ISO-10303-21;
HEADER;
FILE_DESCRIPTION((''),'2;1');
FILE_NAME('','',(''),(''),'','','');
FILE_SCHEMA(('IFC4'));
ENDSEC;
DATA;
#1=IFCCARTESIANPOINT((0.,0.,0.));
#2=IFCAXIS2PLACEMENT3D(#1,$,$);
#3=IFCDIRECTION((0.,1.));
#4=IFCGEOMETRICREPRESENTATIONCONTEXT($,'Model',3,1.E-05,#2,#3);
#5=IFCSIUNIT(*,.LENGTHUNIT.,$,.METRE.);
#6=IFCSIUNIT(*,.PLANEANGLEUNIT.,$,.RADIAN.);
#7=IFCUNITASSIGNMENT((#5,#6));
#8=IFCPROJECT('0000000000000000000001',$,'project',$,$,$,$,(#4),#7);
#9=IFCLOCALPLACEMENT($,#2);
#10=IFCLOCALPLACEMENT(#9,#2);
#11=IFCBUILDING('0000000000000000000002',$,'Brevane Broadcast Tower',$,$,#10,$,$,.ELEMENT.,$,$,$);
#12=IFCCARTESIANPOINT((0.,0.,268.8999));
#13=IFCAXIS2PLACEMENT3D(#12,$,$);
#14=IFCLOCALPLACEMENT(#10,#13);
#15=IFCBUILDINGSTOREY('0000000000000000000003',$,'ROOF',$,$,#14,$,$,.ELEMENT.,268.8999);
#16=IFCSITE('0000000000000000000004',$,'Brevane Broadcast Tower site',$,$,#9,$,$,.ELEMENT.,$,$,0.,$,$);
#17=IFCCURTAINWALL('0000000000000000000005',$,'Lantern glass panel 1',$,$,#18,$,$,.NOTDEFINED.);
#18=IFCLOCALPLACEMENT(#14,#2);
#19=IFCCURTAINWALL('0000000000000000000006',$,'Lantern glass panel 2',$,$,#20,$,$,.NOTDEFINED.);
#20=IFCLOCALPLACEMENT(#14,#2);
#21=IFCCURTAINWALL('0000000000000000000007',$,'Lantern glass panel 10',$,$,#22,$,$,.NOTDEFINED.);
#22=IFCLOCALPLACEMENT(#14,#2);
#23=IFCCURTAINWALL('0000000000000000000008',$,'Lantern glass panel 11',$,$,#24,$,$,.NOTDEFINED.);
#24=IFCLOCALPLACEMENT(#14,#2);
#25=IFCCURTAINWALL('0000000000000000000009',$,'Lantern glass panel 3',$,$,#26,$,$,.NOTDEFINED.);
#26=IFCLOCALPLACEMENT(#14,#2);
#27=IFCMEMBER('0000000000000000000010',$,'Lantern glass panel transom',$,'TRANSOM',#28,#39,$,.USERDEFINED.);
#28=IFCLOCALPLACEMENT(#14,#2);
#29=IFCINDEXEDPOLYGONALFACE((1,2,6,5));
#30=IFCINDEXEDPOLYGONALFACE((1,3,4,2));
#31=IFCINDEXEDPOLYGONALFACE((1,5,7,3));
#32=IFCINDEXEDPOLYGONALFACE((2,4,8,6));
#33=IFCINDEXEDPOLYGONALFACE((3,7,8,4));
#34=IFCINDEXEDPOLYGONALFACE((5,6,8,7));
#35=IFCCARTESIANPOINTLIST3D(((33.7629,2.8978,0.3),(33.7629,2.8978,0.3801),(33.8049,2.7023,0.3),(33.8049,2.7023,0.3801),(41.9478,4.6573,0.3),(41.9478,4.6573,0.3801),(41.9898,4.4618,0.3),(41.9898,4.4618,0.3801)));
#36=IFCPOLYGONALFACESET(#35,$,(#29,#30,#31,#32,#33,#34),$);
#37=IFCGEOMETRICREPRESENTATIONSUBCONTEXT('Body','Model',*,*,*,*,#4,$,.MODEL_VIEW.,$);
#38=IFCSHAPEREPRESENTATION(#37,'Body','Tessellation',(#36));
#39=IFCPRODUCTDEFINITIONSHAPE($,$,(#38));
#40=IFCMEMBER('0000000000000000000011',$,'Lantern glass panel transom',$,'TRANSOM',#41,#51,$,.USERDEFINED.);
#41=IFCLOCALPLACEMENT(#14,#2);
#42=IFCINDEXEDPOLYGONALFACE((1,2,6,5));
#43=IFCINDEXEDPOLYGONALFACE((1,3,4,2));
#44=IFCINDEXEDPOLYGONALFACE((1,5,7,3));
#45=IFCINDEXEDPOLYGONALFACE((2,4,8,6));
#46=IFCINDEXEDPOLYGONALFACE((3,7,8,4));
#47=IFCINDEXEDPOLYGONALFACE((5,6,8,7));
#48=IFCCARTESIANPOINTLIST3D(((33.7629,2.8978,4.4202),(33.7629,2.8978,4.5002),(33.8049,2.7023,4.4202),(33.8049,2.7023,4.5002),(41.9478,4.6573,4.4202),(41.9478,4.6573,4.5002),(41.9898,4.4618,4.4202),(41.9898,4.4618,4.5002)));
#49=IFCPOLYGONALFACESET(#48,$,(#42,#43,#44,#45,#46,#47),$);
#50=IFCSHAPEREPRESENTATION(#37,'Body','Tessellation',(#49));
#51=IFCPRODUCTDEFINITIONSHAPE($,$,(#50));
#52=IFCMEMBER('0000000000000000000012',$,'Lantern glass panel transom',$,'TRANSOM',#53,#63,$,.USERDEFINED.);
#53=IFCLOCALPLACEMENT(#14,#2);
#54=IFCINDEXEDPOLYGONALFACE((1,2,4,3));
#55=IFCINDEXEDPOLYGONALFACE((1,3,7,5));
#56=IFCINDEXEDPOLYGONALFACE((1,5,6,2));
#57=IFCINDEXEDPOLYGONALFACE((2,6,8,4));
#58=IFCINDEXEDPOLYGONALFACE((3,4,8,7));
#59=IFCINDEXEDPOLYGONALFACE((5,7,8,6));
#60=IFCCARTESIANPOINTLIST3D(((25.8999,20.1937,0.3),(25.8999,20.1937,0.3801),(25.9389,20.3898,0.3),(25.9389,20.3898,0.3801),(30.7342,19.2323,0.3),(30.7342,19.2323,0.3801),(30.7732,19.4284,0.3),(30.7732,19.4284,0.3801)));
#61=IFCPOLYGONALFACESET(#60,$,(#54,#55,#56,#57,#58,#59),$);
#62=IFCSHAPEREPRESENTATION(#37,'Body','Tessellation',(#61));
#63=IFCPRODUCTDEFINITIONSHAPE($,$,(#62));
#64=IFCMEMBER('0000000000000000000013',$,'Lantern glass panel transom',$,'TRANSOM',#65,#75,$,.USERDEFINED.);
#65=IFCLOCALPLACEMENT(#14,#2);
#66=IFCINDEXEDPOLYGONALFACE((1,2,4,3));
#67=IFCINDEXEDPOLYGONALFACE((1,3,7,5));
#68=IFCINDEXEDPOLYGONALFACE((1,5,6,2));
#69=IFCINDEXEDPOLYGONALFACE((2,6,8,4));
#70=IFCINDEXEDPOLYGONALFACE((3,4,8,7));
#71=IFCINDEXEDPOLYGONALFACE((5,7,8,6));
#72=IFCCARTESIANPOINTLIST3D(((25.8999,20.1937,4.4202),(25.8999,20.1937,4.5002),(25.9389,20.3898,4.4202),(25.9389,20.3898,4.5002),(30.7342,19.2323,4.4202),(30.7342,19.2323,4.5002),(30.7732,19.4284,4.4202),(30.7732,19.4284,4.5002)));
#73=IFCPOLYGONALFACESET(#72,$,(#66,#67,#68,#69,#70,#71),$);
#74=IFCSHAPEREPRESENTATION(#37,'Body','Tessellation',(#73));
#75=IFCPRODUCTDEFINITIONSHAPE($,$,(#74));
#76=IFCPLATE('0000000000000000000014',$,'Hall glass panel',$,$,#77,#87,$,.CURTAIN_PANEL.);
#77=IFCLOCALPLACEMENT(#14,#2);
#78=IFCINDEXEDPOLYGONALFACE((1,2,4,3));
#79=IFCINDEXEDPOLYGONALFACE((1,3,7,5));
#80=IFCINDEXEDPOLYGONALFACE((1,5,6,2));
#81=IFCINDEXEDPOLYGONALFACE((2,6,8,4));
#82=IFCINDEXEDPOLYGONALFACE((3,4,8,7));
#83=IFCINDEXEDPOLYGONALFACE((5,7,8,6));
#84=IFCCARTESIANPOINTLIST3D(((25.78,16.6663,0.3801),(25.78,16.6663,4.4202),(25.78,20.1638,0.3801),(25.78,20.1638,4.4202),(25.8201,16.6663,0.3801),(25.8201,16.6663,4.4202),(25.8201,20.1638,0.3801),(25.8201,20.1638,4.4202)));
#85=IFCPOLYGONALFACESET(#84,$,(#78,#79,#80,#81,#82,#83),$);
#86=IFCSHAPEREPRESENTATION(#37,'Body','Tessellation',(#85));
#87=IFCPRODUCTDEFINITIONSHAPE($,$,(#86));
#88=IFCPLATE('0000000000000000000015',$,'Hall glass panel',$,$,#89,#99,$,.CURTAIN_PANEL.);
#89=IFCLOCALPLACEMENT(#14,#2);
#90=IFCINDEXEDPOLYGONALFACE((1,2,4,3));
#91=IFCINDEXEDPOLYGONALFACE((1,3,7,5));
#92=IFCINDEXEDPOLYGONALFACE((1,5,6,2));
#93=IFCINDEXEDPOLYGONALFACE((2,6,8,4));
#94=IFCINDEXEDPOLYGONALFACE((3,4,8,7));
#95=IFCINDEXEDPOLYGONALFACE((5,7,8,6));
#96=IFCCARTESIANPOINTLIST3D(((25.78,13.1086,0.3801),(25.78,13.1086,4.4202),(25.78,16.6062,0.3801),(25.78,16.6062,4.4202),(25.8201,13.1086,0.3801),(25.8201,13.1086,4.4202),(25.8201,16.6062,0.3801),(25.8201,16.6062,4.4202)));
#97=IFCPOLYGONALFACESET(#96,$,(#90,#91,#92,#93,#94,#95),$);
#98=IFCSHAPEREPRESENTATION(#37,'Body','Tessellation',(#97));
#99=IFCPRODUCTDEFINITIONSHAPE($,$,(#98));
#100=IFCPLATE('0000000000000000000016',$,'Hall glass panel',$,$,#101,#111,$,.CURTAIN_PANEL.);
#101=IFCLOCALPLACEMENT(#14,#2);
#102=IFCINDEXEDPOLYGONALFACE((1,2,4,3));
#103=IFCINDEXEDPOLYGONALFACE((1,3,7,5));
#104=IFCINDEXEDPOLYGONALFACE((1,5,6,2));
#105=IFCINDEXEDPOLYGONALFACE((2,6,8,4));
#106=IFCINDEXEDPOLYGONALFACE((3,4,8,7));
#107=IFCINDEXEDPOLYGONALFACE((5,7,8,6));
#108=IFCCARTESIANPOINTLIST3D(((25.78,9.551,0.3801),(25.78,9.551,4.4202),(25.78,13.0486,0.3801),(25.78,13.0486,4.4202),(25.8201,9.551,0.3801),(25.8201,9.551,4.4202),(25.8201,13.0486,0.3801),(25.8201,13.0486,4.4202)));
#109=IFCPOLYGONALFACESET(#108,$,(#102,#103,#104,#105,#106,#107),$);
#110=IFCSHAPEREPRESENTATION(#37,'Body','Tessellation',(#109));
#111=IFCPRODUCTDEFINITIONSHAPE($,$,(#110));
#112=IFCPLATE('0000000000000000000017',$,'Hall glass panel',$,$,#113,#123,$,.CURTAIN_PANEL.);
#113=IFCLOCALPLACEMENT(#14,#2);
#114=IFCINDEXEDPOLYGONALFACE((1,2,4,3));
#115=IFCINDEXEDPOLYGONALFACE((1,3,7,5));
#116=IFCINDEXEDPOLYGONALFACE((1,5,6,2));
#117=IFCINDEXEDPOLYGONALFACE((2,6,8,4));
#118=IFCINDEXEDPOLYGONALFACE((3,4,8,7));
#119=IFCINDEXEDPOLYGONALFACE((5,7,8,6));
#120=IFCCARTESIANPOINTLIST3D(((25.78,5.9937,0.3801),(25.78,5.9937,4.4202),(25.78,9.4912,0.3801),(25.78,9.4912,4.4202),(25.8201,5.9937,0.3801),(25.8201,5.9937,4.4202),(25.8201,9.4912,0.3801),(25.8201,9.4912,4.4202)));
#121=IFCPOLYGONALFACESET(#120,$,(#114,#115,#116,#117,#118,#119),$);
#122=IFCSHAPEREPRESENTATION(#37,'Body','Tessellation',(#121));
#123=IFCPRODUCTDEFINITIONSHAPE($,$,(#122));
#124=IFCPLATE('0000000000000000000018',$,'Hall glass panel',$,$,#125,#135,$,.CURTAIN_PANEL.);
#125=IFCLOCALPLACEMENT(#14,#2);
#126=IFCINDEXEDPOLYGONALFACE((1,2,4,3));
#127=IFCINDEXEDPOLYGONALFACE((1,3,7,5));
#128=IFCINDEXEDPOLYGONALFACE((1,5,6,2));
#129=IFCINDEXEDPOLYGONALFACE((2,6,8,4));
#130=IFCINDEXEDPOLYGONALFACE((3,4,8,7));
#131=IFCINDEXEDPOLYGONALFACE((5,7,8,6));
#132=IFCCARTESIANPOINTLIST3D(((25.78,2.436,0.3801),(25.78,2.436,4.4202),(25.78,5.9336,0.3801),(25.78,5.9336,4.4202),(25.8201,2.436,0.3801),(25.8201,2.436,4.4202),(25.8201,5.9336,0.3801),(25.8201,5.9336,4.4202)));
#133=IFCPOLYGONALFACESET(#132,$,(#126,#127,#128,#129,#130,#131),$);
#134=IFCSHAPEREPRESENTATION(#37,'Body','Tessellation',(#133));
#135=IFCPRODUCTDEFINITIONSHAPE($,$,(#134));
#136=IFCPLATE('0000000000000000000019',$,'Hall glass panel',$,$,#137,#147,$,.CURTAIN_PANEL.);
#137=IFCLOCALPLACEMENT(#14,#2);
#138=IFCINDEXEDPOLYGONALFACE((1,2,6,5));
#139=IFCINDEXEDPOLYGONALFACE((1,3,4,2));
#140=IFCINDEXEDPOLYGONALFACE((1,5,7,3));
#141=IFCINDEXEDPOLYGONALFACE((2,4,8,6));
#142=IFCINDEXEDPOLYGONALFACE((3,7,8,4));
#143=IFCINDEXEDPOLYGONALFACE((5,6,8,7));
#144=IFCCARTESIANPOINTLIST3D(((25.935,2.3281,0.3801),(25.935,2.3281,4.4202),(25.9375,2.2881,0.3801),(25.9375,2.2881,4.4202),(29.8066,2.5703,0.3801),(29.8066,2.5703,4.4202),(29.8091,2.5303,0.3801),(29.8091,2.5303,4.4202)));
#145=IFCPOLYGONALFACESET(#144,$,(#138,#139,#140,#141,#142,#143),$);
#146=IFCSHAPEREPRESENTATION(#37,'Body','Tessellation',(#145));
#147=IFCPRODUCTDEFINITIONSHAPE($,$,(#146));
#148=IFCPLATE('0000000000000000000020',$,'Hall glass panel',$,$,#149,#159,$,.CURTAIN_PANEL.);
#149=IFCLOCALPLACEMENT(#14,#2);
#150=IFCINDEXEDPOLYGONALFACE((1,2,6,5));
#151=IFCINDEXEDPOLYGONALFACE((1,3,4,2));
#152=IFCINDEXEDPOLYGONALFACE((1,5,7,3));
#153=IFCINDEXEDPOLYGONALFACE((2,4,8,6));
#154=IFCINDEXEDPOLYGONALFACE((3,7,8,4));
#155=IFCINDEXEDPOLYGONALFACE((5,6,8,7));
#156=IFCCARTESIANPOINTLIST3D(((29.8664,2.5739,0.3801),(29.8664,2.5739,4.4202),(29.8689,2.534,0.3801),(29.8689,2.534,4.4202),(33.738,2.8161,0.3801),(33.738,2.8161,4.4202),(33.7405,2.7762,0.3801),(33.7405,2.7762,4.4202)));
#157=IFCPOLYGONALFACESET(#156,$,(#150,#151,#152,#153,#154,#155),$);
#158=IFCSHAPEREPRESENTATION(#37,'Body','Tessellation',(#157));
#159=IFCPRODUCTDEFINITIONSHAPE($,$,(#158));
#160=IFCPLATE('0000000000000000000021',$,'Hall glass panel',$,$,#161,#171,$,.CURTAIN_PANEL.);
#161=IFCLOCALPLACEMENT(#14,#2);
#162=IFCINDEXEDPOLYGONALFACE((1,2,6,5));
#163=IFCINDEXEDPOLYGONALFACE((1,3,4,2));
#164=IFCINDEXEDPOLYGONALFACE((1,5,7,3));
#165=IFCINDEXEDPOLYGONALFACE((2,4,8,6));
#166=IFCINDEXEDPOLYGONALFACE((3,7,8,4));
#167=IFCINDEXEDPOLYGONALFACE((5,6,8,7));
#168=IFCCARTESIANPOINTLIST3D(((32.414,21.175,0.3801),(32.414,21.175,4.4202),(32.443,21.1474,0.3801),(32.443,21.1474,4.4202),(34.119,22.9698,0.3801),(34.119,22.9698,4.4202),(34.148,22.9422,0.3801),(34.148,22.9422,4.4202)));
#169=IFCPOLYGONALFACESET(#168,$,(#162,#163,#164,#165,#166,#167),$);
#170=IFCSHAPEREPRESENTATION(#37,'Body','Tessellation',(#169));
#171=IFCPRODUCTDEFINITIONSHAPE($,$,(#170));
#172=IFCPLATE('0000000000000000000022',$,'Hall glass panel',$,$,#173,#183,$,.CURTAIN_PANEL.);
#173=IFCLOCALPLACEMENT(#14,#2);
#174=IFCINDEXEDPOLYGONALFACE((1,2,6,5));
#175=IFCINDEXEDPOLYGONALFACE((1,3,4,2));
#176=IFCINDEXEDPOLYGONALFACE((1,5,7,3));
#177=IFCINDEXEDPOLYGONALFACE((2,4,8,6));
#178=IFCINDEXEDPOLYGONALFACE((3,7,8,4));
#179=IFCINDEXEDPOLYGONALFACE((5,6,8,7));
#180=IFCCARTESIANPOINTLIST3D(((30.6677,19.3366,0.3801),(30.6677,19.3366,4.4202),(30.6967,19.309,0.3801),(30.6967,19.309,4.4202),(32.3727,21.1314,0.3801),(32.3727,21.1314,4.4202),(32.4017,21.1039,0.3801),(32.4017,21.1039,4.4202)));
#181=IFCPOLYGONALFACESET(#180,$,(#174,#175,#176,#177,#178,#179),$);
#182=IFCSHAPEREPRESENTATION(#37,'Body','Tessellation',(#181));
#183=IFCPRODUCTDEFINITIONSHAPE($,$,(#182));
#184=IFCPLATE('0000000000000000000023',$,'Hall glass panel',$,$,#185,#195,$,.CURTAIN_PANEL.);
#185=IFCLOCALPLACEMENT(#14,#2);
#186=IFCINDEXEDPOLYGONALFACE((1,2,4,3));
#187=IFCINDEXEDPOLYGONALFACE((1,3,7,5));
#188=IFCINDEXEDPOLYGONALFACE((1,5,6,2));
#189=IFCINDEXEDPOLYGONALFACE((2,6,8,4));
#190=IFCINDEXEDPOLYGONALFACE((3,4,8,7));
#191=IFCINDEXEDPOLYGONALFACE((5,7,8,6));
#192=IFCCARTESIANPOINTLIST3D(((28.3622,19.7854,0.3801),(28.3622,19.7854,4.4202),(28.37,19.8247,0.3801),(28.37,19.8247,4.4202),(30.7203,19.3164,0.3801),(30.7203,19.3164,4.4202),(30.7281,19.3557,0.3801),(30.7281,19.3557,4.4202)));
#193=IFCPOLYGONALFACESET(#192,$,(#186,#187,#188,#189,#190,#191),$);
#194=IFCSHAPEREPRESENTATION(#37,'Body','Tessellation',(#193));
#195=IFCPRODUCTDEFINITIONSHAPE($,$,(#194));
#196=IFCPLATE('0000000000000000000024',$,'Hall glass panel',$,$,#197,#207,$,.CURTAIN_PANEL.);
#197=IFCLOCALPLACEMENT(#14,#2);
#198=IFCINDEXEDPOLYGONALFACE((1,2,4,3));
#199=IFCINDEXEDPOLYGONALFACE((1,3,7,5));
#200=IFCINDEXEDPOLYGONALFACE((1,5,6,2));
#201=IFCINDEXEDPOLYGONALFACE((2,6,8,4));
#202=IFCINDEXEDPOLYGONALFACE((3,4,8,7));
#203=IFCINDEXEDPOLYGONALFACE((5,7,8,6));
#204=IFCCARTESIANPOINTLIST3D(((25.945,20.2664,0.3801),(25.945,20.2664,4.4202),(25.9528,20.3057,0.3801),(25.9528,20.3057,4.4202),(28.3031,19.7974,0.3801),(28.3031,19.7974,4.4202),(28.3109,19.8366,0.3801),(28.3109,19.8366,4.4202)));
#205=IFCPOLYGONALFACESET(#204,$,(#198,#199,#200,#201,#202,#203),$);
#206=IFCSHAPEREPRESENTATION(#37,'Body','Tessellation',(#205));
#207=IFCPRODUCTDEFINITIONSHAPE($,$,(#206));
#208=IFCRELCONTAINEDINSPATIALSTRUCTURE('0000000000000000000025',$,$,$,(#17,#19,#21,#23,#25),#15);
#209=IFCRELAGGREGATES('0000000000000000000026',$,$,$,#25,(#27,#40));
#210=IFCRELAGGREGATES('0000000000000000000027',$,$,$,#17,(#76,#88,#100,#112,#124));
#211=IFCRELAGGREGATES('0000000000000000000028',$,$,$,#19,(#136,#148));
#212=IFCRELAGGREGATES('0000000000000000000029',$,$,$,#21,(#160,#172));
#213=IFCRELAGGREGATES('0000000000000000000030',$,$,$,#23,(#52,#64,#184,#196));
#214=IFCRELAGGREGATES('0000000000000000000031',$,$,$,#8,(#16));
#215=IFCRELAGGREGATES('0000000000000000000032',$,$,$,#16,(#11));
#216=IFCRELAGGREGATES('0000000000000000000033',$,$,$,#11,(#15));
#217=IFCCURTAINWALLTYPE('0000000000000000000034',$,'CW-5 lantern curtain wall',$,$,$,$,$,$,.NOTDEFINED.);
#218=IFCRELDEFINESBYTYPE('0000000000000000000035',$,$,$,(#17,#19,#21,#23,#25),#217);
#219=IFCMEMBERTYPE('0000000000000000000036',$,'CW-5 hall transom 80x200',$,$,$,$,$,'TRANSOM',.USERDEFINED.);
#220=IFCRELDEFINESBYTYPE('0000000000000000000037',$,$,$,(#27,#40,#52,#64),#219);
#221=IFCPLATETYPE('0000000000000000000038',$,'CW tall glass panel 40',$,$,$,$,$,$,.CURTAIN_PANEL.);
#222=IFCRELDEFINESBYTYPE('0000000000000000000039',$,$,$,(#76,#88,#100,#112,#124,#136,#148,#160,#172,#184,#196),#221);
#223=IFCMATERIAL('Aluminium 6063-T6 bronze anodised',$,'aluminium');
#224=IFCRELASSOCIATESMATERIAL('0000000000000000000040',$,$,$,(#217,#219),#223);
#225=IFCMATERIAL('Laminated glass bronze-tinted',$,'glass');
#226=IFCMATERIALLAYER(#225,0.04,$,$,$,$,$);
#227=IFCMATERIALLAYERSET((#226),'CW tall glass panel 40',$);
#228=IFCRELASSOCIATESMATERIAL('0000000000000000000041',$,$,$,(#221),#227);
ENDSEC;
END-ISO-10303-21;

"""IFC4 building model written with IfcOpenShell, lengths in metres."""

from ifc_helpers import new_model, si_unit, direction, frame, origin, origin_2d, place, context, subcontext, project, spatial, rectangle, extrude, material, layer, layer_set, material_profile, profile_set, type_object, element, aggregate, save


model = new_model("IFC4")

# Units and contexts
model_context = context("Model", 3, precision=1e-05, world=origin(), true_north=direction((0.0, 1.0)))
body_context = subcontext(model_context, "Body", "Model", "MODEL_VIEW")
ifc_project = project(units=[si_unit("LENGTHUNIT", "METRE"), si_unit("PLANEANGLEUNIT", "RADIAN")], contexts=[model_context])

# Site, building, storey
site_placement = place(None, origin())
site = spatial("IfcSite", under=ifc_project, at=site_placement, Name="Brevane Broadcast Tower site", CompositionType="ELEMENT", RefElevation=0.0)
building_placement = place(site_placement, origin())
building = spatial("IfcBuilding", under=site, at=building_placement, Name="Brevane Broadcast Tower", CompositionType="ELEMENT")
storey_placement = place(building_placement, frame((0.0, 0.0, 268.8999)))
storey = spatial("IfcBuildingStorey", under=building, at=storey_placement, Name="ROOF", CompositionType="ELEMENT", Elevation=268.8999)

# Curtain walls
ifc_material_1 = material(Name="Aluminium 6063-T6 bronze anodised", Category="aluminium")
curtain_wall_type = type_object("IfcCurtainWallType", Name="CW-5 lantern curtain wall", PredefinedType="NOTDEFINED", material=ifc_material_1)
curtain_wall_1_placement = place(storey_placement, origin())
curtain_wall_1 = element("IfcCurtainWall", 1, at=curtain_wall_1_placement, inside=storey, type_object=curtain_wall_type, Name="Lantern glass panel 1", PredefinedType="NOTDEFINED")
curtain_wall_2_placement = place(storey_placement, origin())
curtain_wall_2 = element("IfcCurtainWall", 2, at=curtain_wall_2_placement, inside=storey, type_object=curtain_wall_type, Name="Lantern glass panel 2", PredefinedType="NOTDEFINED")
curtain_wall_3_placement = place(storey_placement, origin())
curtain_wall_3 = element("IfcCurtainWall", 3, at=curtain_wall_3_placement, inside=storey, type_object=curtain_wall_type, Name="Lantern glass panel 10", PredefinedType="NOTDEFINED")

# Curtain wall
curtain_wall_4_placement = place(storey_placement, origin())
curtain_wall_4 = element("IfcCurtainWall", 4, at=curtain_wall_4_placement, inside=storey, type_object=curtain_wall_type, Name="Lantern glass panel 11", PredefinedType="NOTDEFINED")

# Shared definitions
ifc_material_profile_1 = material_profile(ifc_material_1, rectangle(XDim=0.2, YDim=0.0801, at=origin_2d()), Name="RECT 80x200")
ifc_profile_set_1 = profile_set([ifc_material_profile_1], Name="Aluminium 6063-T6 bronze anodised")
member_type_1 = type_object("IfcMemberType", Name="CW-5 hall transom 80x200", ElementType="TRANSOM", PredefinedType="USERDEFINED", material=ifc_profile_set_1)

# Curtain wall, members
curtain_wall_5_placement = place(storey_placement, origin())
curtain_wall_5 = element("IfcCurtainWall", 5, at=curtain_wall_5_placement, inside=storey, type_object=curtain_wall_type, Name="Lantern glass panel 3", PredefinedType="NOTDEFINED")
member_1_placement = place(storey_placement, frame((33.7839, 2.8, 0.3401), z_axis=(0.977664, 0.210172, 0.0), x_axis=(-0.210172, 0.977664, 0.0)))
member_1 = element("IfcMember", 6, at=member_1_placement, type_object=member_type_1, Name="Lantern glass panel transom", ObjectType="TRANSOM", PredefinedType="USERDEFINED", context=body_context, shape_type="SweptSolid", body=[
    extrude(rectangle(XDim=0.2, YDim=0.0801, at=origin_2d()), origin(), (0.0, 0.0, 1.0), 8.3718),
])
member_2_placement = place(storey_placement, frame((33.7839, 2.8, 4.4602), z_axis=(0.977664, 0.210172, 0.0), x_axis=(-0.210172, 0.977664, 0.0)))
member_2 = element("IfcMember", 7, at=member_2_placement, type_object=member_type_1, Name="Lantern glass panel transom", ObjectType="TRANSOM", PredefinedType="USERDEFINED", context=body_context, shape_type="SweptSolid", body=[
    extrude(rectangle(XDim=0.2, YDim=0.0801, at=origin_2d()), origin(), (0.0, 0.0, 1.0), 8.3718),
])
aggregate(curtain_wall_5, [member_1, member_2])

# Members
member_3_placement = place(storey_placement, frame((30.7537, 19.3303, 0.3401), z_axis=(-0.980792, 0.195059, 0.0), x_axis=(-0.195059, -0.980792, 0.0)))
member_3 = element("IfcMember", 8, at=member_3_placement, type_object=member_type_1, Name="Lantern glass panel transom", ObjectType="TRANSOM", PredefinedType="USERDEFINED", context=body_context, shape_type="SweptSolid", body=[
    extrude(rectangle(XDim=0.2, YDim=0.0801, at=origin_2d()), origin(), (0.0, 0.0, 1.0), 4.929),
])
member_4_placement = place(storey_placement, frame((30.7537, 19.3303, 4.4602), z_axis=(-0.980792, 0.195059, 0.0), x_axis=(-0.195059, -0.980792, 0.0)))
member_4 = element("IfcMember", 9, at=member_4_placement, type_object=member_type_1, Name="Lantern glass panel transom", ObjectType="TRANSOM", PredefinedType="USERDEFINED", context=body_context, shape_type="SweptSolid", body=[
    extrude(rectangle(XDim=0.2, YDim=0.0801, at=origin_2d()), origin(), (0.0, 0.0, 1.0), 4.929),
])

# Plates
ifc_material_2 = material(Name="Laminated glass bronze-tinted", Category="glass")
ifc_layer_1 = layer(ifc_material_2, 0.04)
ifc_layer_set_1 = layer_set([ifc_layer_1], Name="CW tall glass panel 40")
plate_type_1 = type_object("IfcPlateType", Name="CW tall glass panel 40", PredefinedType="CURTAIN_PANEL", material=ifc_layer_set_1)
plate_1_placement = place(storey_placement, frame((25.8, 18.415, 0.3801), z_axis=(0.0, 0.0, 1.0), x_axis=(0.0, -1.0, 0.0)))
plate_1 = element("IfcPlate", 10, at=plate_1_placement, type_object=plate_type_1, Name="Hall glass panel", PredefinedType="CURTAIN_PANEL", context=body_context, shape_type="SweptSolid", body=[
    extrude(rectangle(XDim=3.4976, YDim=0.04, at=origin_2d()), origin(), (0.0, 0.0, 1.0), 4.04),
])
plate_2_placement = place(storey_placement, frame((25.8, 14.8574, 0.3801), z_axis=(0.0, 0.0, 1.0), x_axis=(0.0, -1.0, 0.0)))
plate_2 = element("IfcPlate", 11, at=plate_2_placement, type_object=plate_type_1, Name="Hall glass panel", PredefinedType="CURTAIN_PANEL", context=body_context, shape_type="SweptSolid", body=[
    extrude(rectangle(XDim=3.4976, YDim=0.04, at=origin_2d()), origin(), (0.0, 0.0, 1.0), 4.04),
])
plate_3_placement = place(storey_placement, frame((25.8, 11.2998, 0.3801), z_axis=(0.0, 0.0, 1.0), x_axis=(0.0, -1.0, 0.0)))
plate_3 = element("IfcPlate", 12, at=plate_3_placement, type_object=plate_type_1, Name="Hall glass panel", PredefinedType="CURTAIN_PANEL", context=body_context, shape_type="SweptSolid", body=[
    extrude(rectangle(XDim=3.4976, YDim=0.04, at=origin_2d()), origin(), (0.0, 0.0, 1.0), 4.04),
])
plate_4_placement = place(storey_placement, frame((25.8, 7.7424, 0.3801), z_axis=(0.0, 0.0, 1.0), x_axis=(0.0, -1.0, 0.0)))
plate_4 = element("IfcPlate", 13, at=plate_4_placement, type_object=plate_type_1, Name="Hall glass panel", PredefinedType="CURTAIN_PANEL", context=body_context, shape_type="SweptSolid", body=[
    extrude(rectangle(XDim=3.4976, YDim=0.04, at=origin_2d()), origin(), (0.0, 0.0, 1.0), 4.04),
])
plate_5_placement = place(storey_placement, frame((25.8, 4.1848, 0.3801), z_axis=(0.0, 0.0, 1.0), x_axis=(0.0, -1.0, 0.0)))
plate_5 = element("IfcPlate", 14, at=plate_5_placement, type_object=plate_type_1, Name="Hall glass panel", PredefinedType="CURTAIN_PANEL", context=body_context, shape_type="SweptSolid", body=[
    extrude(rectangle(XDim=3.4976, YDim=0.04, at=origin_2d()), origin(), (0.0, 0.0, 1.0), 4.04),
])
aggregate(curtain_wall_1, [plate_1, plate_2, plate_3, plate_4, plate_5])
plate_6_placement = place(storey_placement, frame((27.8721, 2.4292, 0.3801), z_axis=(0.0, 0.0, 1.0), x_axis=(0.998049, 0.062433, 0.0)))
plate_6 = element("IfcPlate", 15, at=plate_6_placement, type_object=plate_type_1, Name="Hall glass panel", PredefinedType="CURTAIN_PANEL", context=body_context, shape_type="SweptSolid", body=[
    extrude(rectangle(XDim=3.8792, YDim=0.04, at=origin_2d()), origin(), (0.0, 0.0, 1.0), 4.04),
])
plate_7_placement = place(storey_placement, frame((31.8035, 2.675, 0.3801), z_axis=(0.0, 0.0, 1.0), x_axis=(0.998049, 0.062433, 0.0)))
plate_7 = element("IfcPlate", 16, at=plate_7_placement, type_object=plate_type_1, Name="Hall glass panel", PredefinedType="CURTAIN_PANEL", context=body_context, shape_type="SweptSolid", body=[
    extrude(rectangle(XDim=3.8792, YDim=0.04, at=origin_2d()), origin(), (0.0, 0.0, 1.0), 4.04),
])
aggregate(curtain_wall_2, [plate_6, plate_7])
plate_8_placement = place(storey_placement, frame((33.281, 22.0586, 0.3801), z_axis=(0.0, 0.0, 1.0), x_axis=(-0.688725, -0.725023, 0.0)))
plate_8 = element("IfcPlate", 17, at=plate_8_placement, type_object=plate_type_1, Name="Hall glass panel", PredefinedType="CURTAIN_PANEL", context=body_context, shape_type="SweptSolid", body=[
    extrude(rectangle(XDim=2.4756, YDim=0.04, at=origin_2d()), origin(), (0.0, 0.0, 1.0), 4.04),
])
plate_9_placement = place(storey_placement, frame((31.5347, 20.2202, 0.3801), z_axis=(0.0, 0.0, 1.0), x_axis=(-0.688725, -0.725023, 0.0)))
plate_9 = element("IfcPlate", 18, at=plate_9_placement, type_object=plate_type_1, Name="Hall glass panel", PredefinedType="CURTAIN_PANEL", context=body_context, shape_type="SweptSolid", body=[
    extrude(rectangle(XDim=2.4756, YDim=0.04, at=origin_2d()), origin(), (0.0, 0.0, 1.0), 4.04),
])
aggregate(curtain_wall_3, [plate_8, plate_9])
plate_10_placement = place(storey_placement, frame((29.5452, 19.5706, 0.3801), z_axis=(0.0, 0.0, 1.0), x_axis=(-0.980785, 0.19509, 0.0)))
plate_10 = element("IfcPlate", 19, at=plate_10_placement, type_object=plate_type_1, Name="Hall glass panel", PredefinedType="CURTAIN_PANEL", context=body_context, shape_type="SweptSolid", body=[
    extrude(rectangle(XDim=2.4043, YDim=0.04, at=origin_2d()), origin(), (0.0, 0.0, 1.0), 4.04),
])
plate_11_placement = place(storey_placement, frame((27.1279, 20.0515, 0.3801), z_axis=(0.0, 0.0, 1.0), x_axis=(-0.980785, 0.19509, 0.0)))
plate_11 = element("IfcPlate", 20, at=plate_11_placement, type_object=plate_type_1, Name="Hall glass panel", PredefinedType="CURTAIN_PANEL", context=body_context, shape_type="SweptSolid", body=[
    extrude(rectangle(XDim=2.4043, YDim=0.04, at=origin_2d()), origin(), (0.0, 0.0, 1.0), 4.04),
])
aggregate(curtain_wall_4, [member_3, member_4, plate_10, plate_11])

save(model, "model.ifc")
